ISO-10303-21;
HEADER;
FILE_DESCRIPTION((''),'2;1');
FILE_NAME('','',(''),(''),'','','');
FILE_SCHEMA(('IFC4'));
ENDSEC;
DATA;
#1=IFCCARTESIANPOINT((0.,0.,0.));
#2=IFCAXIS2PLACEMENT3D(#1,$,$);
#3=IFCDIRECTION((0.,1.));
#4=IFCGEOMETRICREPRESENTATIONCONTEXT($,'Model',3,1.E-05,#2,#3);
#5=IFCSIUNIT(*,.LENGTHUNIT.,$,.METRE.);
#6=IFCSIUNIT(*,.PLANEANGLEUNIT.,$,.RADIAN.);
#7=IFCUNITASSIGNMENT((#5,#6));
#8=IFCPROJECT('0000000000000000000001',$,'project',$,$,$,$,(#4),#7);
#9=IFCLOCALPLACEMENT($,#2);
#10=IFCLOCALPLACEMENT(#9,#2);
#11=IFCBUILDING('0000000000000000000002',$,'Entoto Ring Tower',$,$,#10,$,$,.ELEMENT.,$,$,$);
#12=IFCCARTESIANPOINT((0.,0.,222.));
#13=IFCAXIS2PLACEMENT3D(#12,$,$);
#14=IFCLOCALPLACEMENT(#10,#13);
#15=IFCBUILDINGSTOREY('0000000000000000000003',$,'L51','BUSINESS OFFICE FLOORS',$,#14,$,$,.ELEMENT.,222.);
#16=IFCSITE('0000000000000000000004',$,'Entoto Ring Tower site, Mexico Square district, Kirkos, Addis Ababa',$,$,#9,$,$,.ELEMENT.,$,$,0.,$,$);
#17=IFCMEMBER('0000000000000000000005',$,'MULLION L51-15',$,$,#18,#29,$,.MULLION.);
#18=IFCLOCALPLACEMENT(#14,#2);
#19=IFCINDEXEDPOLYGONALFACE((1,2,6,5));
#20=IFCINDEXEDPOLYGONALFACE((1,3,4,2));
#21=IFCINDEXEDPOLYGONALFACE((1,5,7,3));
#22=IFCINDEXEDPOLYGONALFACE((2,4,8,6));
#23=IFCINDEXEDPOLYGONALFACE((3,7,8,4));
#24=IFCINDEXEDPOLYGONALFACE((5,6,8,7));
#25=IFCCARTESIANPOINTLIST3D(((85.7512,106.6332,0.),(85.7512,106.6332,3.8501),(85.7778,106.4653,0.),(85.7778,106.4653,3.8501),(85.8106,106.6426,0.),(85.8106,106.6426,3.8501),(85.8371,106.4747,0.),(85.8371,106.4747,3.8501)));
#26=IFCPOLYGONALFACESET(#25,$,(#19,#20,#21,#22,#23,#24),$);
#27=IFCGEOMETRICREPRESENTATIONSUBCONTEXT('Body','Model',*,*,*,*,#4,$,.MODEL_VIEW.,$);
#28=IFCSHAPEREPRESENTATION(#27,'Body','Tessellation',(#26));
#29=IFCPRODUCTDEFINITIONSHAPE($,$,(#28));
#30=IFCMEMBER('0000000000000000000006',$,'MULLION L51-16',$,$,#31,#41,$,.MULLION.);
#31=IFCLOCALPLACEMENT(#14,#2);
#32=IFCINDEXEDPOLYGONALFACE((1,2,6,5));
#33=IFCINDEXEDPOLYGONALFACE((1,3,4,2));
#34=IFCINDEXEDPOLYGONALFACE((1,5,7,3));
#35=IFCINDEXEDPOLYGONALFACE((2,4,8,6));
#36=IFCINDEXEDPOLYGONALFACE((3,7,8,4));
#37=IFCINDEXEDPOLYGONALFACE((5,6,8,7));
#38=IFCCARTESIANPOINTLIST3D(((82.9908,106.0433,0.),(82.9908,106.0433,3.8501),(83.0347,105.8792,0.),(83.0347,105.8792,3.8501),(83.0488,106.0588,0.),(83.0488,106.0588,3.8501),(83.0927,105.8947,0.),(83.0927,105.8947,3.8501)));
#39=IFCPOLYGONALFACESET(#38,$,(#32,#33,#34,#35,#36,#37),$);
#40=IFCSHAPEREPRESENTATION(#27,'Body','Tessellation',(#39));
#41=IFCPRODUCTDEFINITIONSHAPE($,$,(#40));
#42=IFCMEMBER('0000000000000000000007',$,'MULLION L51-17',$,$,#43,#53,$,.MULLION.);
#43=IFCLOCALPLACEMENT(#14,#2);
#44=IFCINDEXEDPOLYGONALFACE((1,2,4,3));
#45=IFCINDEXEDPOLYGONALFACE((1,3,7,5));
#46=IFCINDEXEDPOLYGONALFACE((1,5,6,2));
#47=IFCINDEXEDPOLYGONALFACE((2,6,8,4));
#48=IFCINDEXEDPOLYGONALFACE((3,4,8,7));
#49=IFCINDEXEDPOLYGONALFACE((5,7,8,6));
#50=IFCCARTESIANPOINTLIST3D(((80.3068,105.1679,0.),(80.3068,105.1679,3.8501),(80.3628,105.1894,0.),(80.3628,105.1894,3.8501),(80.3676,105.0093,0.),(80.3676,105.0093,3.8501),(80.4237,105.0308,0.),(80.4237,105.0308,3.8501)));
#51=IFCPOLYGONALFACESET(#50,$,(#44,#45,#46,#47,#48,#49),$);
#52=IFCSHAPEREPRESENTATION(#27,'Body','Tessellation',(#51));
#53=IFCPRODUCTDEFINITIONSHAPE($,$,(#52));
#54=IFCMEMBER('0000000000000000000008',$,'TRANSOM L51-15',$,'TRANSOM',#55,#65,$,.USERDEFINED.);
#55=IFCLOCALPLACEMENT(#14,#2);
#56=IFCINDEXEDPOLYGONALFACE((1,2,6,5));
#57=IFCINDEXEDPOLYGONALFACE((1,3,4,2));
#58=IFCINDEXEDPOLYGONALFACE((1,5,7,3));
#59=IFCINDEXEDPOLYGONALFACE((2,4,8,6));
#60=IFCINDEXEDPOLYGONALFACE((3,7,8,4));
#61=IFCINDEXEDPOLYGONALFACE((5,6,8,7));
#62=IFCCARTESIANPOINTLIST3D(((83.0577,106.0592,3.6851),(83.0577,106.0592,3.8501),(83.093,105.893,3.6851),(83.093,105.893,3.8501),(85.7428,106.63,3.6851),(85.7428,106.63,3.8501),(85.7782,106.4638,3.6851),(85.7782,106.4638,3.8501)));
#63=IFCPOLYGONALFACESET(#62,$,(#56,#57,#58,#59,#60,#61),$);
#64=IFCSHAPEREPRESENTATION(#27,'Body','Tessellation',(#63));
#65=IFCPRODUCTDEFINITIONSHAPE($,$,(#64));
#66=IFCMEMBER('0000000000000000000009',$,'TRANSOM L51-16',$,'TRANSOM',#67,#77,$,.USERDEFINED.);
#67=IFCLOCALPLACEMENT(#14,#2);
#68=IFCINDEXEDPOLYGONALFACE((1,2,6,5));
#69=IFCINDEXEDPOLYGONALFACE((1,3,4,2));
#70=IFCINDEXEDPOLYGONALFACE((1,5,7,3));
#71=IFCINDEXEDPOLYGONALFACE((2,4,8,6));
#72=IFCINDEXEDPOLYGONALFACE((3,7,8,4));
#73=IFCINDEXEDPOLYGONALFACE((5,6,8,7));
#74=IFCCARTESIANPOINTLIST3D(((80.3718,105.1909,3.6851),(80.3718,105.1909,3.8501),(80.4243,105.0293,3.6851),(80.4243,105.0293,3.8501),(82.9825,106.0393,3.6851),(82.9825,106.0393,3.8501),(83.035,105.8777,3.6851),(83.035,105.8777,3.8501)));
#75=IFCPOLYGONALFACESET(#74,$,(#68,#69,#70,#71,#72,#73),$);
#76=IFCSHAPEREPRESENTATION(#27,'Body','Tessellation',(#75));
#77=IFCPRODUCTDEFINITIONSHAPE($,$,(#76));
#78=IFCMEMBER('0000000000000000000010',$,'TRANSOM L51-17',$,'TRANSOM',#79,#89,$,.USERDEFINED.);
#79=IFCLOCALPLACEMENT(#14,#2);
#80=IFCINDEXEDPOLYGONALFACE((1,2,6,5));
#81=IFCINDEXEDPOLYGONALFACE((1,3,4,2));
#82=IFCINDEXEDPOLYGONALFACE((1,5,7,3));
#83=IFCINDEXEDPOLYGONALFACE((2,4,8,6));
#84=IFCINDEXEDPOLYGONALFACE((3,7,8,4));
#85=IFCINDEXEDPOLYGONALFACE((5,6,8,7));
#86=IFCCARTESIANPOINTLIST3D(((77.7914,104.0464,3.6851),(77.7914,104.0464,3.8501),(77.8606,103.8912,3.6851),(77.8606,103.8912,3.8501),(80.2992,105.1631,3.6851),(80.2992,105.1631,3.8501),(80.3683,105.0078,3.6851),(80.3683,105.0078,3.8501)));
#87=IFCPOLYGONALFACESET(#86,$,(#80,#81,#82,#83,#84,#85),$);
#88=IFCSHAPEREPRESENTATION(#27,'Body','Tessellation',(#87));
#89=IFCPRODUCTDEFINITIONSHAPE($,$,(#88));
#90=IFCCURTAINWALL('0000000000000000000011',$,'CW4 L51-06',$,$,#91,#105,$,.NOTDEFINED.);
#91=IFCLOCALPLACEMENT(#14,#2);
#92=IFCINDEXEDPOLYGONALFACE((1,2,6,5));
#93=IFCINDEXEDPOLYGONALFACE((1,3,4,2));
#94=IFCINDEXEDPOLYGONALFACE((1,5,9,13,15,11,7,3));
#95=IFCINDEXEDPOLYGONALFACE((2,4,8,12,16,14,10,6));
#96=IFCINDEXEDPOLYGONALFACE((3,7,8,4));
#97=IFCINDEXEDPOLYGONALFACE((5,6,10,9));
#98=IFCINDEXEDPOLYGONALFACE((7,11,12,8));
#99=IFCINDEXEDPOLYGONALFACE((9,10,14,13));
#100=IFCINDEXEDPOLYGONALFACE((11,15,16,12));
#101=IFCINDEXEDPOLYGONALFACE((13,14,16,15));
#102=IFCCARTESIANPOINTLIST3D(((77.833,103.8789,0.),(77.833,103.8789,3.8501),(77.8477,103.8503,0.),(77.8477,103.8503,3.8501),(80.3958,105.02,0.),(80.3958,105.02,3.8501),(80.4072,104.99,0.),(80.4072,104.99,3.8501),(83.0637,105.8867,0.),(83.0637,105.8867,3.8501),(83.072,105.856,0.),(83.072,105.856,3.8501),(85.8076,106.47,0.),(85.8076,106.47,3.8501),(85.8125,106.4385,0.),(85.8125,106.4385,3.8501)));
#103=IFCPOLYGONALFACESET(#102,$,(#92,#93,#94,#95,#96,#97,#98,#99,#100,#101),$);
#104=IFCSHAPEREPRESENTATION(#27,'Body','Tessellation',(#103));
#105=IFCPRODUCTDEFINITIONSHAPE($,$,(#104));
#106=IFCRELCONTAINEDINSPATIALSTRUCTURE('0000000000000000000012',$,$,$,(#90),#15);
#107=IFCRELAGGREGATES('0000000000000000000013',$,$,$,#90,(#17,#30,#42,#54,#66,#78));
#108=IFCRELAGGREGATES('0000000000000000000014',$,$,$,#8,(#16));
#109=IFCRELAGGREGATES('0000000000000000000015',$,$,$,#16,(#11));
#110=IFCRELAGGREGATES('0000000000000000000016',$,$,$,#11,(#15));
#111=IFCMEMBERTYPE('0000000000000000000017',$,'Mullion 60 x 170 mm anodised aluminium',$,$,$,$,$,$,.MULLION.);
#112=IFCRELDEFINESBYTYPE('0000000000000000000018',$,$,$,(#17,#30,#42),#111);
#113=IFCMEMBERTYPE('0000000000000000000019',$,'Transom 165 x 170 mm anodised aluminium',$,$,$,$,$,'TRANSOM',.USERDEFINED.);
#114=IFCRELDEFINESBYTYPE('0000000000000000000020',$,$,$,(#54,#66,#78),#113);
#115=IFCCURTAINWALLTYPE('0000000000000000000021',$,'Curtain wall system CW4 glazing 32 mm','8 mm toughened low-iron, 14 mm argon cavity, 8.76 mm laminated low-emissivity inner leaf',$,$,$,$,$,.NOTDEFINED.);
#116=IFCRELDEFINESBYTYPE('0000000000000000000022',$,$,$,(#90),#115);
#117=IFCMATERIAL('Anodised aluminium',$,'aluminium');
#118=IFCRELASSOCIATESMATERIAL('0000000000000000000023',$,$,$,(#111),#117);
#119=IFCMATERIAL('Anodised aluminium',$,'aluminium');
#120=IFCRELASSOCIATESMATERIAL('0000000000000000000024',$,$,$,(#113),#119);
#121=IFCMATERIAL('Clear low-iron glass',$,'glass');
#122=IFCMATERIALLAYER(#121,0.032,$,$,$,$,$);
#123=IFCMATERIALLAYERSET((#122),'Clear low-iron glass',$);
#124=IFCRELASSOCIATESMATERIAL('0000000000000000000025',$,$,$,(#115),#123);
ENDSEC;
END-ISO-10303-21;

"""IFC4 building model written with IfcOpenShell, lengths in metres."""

from ifc_helpers import new_model, si_unit, direction, frame, origin, origin_2d, place, context, subcontext, project, spatial, polyline, rectangle, outline, extrude, material, layer, layer_set, material_profile, profile_set, type_object, element, aggregate, save


model = new_model("IFC4")

# Units and contexts
model_context = context("Model", 3, precision=1e-05, world=origin(), true_north=direction((0.0, 1.0)))
body_context = subcontext(model_context, "Body", "Model", "MODEL_VIEW")
ifc_project = project(units=[si_unit("LENGTHUNIT", "METRE"), si_unit("PLANEANGLEUNIT", "RADIAN")], contexts=[model_context])

# Members
ifc_material_1 = material(Name="Anodised aluminium", Category="aluminium")
ifc_material_profile_1 = material_profile(ifc_material_1, rectangle(XDim=0.0601, YDim=0.1699, at=origin_2d()), Name="Mullion 60 x 170 mm anodised aluminium")
ifc_profile_set_1 = profile_set([ifc_material_profile_1], Name="Anodised aluminium")
member_type_1 = type_object("IfcMemberType", Name="Mullion 60 x 170 mm anodised aluminium", PredefinedType="MULLION", material=ifc_profile_set_1)
site_placement = place(None, origin())
building_placement = place(site_placement, origin())
storey_placement = place(building_placement, frame((0.0, 0.0, 222.0)))
member_1_placement = place(storey_placement, frame((85.7942, 106.554, 0.0), z_axis=(0.0, 0.0, 1.0), x_axis=(-0.987688, -0.156434, 0.0)))
member_1 = element("IfcMember", 1, at=member_1_placement, type_object=member_type_1, Name="MULLION L51-15", PredefinedType="MULLION", context=body_context, shape_type="SweptSolid", body=[
    extrude(rectangle(XDim=0.0601, YDim=0.1699, at=origin_2d()), origin(), (0.0, 0.0, 1.0), 3.8501),
])
member_2_placement = place(storey_placement, frame((83.0417, 105.969, 0.0), z_axis=(0.0, 0.0, 1.0), x_axis=(-0.965926, -0.258819, 0.0)))
member_2 = element("IfcMember", 2, at=member_2_placement, type_object=member_type_1, Name="MULLION L51-16", PredefinedType="MULLION", context=body_context, shape_type="SweptSolid", body=[
    extrude(rectangle(XDim=0.0601, YDim=0.1699, at=origin_2d()), origin(), (0.0, 0.0, 1.0), 3.8501),
])
member_3_placement = place(storey_placement, frame((80.3652, 105.0994, 0.0), z_axis=(0.0, 0.0, 1.0), x_axis=(-0.93358, -0.358368, 0.0)))
member_3 = element("IfcMember", 3, at=member_3_placement, type_object=member_type_1, Name="MULLION L51-17", PredefinedType="MULLION", context=body_context, shape_type="SweptSolid", body=[
    extrude(rectangle(XDim=0.0601, YDim=0.1699, at=origin_2d()), origin(), (0.0, 0.0, 1.0), 3.8501),
])
ifc_material_2 = material(Name="Anodised aluminium", Category="aluminium")
ifc_material_profile_2 = material_profile(ifc_material_2, rectangle(XDim=0.1699, YDim=0.165, at=origin_2d()), Name="Transom 165 x 170 mm anodised aluminium")
ifc_profile_set_2 = profile_set([ifc_material_profile_2], Name="Anodised aluminium")
member_type_2 = type_object("IfcMemberType", Name="Transom 165 x 170 mm anodised aluminium", ElementType="TRANSOM", PredefinedType="USERDEFINED", material=ifc_profile_set_2)
member_4_placement = place(storey_placement, frame((85.7605, 106.5469, 3.7676), z_axis=(-0.978142, -0.207937, 0.0), x_axis=(0.207937, -0.978142, 0.0)))
member_4 = element("IfcMember", 4, at=member_4_placement, type_object=member_type_2, Name="TRANSOM L51-15", ObjectType="TRANSOM", PredefinedType="USERDEFINED", context=body_context, shape_type="SweptSolid", body=[
    extrude(rectangle(XDim=0.1699, YDim=0.165, at=origin_2d()), origin(), (0.0, 0.0, 1.0), 2.7451),
])
member_5_placement = place(storey_placement, frame((83.0088, 105.9585, 3.7676), z_axis=(-0.951048, -0.309042, 0.0), x_axis=(0.309042, -0.951048, 0.0)))
member_5 = element("IfcMember", 5, at=member_5_placement, type_object=member_type_2, Name="TRANSOM L51-16", ObjectType="TRANSOM", PredefinedType="USERDEFINED", context=body_context, shape_type="SweptSolid", body=[
    extrude(rectangle(XDim=0.1699, YDim=0.165, at=origin_2d()), origin(), (0.0, 0.0, 1.0), 2.7451),
])
member_6_placement = place(storey_placement, frame((80.3337, 105.0854, 3.7676), z_axis=(-0.913525, -0.406782, 0.0), x_axis=(0.406782, -0.913525, 0.0)))
member_6 = element("IfcMember", 6, at=member_6_placement, type_object=member_type_2, Name="TRANSOM L51-17", ObjectType="TRANSOM", PredefinedType="USERDEFINED", context=body_context, shape_type="SweptSolid", body=[
    extrude(rectangle(XDim=0.1699, YDim=0.165, at=origin_2d()), origin(), (0.0, 0.0, 1.0), 2.7451),
])

# Site, building, storey
site = spatial("IfcSite", under=ifc_project, at=site_placement, Name="Entoto Ring Tower site, Mexico Square district, Kirkos, Addis Ababa", CompositionType="ELEMENT", RefElevation=0.0)
building = spatial("IfcBuilding", under=site, at=building_placement, Name="Entoto Ring Tower", CompositionType="ELEMENT")
storey = spatial("IfcBuildingStorey", under=building, at=storey_placement, Name="L51", Description="BUSINESS OFFICE FLOORS", CompositionType="ELEMENT", Elevation=222.0)

# Curtain wall
ifc_material_3 = material(Name="Clear low-iron glass", Category="glass")
ifc_layer = layer(ifc_material_3, 0.032)
ifc_layer_set = layer_set([ifc_layer], Name="Clear low-iron glass")
curtain_wall_type = type_object("IfcCurtainWallType", Name="Curtain wall system CW4 glazing 32 mm", Description="8 mm toughened low-iron, 14 mm argon cavity, 8.76 mm laminated low-emissivity inner leaf", PredefinedType="NOTDEFINED", material=ifc_layer_set)
curtain_wall_1_placement = place(storey_placement, origin())
curtain_wall_1 = element("IfcCurtainWall", 7, at=curtain_wall_1_placement, inside=storey, type_object=curtain_wall_type, Name="CW4 L51-06", PredefinedType="NOTDEFINED", context=body_context, shape_type="SweptSolid", body=[
    extrude(outline(polyline([(85.8076, 106.47), (83.0637, 105.8867), (80.3958, 105.02), (77.833, 103.8789), (77.8477, 103.8503), (80.4072, 104.99), (83.072, 105.856), (85.8125, 106.4385), (85.8076, 106.47)])), origin(), (0.0, 0.0, 1.0), 3.8501),
])
aggregate(curtain_wall_1, [member_1, member_2, member_3, member_4, member_5, member_6])

save(model, "model.ifc")
